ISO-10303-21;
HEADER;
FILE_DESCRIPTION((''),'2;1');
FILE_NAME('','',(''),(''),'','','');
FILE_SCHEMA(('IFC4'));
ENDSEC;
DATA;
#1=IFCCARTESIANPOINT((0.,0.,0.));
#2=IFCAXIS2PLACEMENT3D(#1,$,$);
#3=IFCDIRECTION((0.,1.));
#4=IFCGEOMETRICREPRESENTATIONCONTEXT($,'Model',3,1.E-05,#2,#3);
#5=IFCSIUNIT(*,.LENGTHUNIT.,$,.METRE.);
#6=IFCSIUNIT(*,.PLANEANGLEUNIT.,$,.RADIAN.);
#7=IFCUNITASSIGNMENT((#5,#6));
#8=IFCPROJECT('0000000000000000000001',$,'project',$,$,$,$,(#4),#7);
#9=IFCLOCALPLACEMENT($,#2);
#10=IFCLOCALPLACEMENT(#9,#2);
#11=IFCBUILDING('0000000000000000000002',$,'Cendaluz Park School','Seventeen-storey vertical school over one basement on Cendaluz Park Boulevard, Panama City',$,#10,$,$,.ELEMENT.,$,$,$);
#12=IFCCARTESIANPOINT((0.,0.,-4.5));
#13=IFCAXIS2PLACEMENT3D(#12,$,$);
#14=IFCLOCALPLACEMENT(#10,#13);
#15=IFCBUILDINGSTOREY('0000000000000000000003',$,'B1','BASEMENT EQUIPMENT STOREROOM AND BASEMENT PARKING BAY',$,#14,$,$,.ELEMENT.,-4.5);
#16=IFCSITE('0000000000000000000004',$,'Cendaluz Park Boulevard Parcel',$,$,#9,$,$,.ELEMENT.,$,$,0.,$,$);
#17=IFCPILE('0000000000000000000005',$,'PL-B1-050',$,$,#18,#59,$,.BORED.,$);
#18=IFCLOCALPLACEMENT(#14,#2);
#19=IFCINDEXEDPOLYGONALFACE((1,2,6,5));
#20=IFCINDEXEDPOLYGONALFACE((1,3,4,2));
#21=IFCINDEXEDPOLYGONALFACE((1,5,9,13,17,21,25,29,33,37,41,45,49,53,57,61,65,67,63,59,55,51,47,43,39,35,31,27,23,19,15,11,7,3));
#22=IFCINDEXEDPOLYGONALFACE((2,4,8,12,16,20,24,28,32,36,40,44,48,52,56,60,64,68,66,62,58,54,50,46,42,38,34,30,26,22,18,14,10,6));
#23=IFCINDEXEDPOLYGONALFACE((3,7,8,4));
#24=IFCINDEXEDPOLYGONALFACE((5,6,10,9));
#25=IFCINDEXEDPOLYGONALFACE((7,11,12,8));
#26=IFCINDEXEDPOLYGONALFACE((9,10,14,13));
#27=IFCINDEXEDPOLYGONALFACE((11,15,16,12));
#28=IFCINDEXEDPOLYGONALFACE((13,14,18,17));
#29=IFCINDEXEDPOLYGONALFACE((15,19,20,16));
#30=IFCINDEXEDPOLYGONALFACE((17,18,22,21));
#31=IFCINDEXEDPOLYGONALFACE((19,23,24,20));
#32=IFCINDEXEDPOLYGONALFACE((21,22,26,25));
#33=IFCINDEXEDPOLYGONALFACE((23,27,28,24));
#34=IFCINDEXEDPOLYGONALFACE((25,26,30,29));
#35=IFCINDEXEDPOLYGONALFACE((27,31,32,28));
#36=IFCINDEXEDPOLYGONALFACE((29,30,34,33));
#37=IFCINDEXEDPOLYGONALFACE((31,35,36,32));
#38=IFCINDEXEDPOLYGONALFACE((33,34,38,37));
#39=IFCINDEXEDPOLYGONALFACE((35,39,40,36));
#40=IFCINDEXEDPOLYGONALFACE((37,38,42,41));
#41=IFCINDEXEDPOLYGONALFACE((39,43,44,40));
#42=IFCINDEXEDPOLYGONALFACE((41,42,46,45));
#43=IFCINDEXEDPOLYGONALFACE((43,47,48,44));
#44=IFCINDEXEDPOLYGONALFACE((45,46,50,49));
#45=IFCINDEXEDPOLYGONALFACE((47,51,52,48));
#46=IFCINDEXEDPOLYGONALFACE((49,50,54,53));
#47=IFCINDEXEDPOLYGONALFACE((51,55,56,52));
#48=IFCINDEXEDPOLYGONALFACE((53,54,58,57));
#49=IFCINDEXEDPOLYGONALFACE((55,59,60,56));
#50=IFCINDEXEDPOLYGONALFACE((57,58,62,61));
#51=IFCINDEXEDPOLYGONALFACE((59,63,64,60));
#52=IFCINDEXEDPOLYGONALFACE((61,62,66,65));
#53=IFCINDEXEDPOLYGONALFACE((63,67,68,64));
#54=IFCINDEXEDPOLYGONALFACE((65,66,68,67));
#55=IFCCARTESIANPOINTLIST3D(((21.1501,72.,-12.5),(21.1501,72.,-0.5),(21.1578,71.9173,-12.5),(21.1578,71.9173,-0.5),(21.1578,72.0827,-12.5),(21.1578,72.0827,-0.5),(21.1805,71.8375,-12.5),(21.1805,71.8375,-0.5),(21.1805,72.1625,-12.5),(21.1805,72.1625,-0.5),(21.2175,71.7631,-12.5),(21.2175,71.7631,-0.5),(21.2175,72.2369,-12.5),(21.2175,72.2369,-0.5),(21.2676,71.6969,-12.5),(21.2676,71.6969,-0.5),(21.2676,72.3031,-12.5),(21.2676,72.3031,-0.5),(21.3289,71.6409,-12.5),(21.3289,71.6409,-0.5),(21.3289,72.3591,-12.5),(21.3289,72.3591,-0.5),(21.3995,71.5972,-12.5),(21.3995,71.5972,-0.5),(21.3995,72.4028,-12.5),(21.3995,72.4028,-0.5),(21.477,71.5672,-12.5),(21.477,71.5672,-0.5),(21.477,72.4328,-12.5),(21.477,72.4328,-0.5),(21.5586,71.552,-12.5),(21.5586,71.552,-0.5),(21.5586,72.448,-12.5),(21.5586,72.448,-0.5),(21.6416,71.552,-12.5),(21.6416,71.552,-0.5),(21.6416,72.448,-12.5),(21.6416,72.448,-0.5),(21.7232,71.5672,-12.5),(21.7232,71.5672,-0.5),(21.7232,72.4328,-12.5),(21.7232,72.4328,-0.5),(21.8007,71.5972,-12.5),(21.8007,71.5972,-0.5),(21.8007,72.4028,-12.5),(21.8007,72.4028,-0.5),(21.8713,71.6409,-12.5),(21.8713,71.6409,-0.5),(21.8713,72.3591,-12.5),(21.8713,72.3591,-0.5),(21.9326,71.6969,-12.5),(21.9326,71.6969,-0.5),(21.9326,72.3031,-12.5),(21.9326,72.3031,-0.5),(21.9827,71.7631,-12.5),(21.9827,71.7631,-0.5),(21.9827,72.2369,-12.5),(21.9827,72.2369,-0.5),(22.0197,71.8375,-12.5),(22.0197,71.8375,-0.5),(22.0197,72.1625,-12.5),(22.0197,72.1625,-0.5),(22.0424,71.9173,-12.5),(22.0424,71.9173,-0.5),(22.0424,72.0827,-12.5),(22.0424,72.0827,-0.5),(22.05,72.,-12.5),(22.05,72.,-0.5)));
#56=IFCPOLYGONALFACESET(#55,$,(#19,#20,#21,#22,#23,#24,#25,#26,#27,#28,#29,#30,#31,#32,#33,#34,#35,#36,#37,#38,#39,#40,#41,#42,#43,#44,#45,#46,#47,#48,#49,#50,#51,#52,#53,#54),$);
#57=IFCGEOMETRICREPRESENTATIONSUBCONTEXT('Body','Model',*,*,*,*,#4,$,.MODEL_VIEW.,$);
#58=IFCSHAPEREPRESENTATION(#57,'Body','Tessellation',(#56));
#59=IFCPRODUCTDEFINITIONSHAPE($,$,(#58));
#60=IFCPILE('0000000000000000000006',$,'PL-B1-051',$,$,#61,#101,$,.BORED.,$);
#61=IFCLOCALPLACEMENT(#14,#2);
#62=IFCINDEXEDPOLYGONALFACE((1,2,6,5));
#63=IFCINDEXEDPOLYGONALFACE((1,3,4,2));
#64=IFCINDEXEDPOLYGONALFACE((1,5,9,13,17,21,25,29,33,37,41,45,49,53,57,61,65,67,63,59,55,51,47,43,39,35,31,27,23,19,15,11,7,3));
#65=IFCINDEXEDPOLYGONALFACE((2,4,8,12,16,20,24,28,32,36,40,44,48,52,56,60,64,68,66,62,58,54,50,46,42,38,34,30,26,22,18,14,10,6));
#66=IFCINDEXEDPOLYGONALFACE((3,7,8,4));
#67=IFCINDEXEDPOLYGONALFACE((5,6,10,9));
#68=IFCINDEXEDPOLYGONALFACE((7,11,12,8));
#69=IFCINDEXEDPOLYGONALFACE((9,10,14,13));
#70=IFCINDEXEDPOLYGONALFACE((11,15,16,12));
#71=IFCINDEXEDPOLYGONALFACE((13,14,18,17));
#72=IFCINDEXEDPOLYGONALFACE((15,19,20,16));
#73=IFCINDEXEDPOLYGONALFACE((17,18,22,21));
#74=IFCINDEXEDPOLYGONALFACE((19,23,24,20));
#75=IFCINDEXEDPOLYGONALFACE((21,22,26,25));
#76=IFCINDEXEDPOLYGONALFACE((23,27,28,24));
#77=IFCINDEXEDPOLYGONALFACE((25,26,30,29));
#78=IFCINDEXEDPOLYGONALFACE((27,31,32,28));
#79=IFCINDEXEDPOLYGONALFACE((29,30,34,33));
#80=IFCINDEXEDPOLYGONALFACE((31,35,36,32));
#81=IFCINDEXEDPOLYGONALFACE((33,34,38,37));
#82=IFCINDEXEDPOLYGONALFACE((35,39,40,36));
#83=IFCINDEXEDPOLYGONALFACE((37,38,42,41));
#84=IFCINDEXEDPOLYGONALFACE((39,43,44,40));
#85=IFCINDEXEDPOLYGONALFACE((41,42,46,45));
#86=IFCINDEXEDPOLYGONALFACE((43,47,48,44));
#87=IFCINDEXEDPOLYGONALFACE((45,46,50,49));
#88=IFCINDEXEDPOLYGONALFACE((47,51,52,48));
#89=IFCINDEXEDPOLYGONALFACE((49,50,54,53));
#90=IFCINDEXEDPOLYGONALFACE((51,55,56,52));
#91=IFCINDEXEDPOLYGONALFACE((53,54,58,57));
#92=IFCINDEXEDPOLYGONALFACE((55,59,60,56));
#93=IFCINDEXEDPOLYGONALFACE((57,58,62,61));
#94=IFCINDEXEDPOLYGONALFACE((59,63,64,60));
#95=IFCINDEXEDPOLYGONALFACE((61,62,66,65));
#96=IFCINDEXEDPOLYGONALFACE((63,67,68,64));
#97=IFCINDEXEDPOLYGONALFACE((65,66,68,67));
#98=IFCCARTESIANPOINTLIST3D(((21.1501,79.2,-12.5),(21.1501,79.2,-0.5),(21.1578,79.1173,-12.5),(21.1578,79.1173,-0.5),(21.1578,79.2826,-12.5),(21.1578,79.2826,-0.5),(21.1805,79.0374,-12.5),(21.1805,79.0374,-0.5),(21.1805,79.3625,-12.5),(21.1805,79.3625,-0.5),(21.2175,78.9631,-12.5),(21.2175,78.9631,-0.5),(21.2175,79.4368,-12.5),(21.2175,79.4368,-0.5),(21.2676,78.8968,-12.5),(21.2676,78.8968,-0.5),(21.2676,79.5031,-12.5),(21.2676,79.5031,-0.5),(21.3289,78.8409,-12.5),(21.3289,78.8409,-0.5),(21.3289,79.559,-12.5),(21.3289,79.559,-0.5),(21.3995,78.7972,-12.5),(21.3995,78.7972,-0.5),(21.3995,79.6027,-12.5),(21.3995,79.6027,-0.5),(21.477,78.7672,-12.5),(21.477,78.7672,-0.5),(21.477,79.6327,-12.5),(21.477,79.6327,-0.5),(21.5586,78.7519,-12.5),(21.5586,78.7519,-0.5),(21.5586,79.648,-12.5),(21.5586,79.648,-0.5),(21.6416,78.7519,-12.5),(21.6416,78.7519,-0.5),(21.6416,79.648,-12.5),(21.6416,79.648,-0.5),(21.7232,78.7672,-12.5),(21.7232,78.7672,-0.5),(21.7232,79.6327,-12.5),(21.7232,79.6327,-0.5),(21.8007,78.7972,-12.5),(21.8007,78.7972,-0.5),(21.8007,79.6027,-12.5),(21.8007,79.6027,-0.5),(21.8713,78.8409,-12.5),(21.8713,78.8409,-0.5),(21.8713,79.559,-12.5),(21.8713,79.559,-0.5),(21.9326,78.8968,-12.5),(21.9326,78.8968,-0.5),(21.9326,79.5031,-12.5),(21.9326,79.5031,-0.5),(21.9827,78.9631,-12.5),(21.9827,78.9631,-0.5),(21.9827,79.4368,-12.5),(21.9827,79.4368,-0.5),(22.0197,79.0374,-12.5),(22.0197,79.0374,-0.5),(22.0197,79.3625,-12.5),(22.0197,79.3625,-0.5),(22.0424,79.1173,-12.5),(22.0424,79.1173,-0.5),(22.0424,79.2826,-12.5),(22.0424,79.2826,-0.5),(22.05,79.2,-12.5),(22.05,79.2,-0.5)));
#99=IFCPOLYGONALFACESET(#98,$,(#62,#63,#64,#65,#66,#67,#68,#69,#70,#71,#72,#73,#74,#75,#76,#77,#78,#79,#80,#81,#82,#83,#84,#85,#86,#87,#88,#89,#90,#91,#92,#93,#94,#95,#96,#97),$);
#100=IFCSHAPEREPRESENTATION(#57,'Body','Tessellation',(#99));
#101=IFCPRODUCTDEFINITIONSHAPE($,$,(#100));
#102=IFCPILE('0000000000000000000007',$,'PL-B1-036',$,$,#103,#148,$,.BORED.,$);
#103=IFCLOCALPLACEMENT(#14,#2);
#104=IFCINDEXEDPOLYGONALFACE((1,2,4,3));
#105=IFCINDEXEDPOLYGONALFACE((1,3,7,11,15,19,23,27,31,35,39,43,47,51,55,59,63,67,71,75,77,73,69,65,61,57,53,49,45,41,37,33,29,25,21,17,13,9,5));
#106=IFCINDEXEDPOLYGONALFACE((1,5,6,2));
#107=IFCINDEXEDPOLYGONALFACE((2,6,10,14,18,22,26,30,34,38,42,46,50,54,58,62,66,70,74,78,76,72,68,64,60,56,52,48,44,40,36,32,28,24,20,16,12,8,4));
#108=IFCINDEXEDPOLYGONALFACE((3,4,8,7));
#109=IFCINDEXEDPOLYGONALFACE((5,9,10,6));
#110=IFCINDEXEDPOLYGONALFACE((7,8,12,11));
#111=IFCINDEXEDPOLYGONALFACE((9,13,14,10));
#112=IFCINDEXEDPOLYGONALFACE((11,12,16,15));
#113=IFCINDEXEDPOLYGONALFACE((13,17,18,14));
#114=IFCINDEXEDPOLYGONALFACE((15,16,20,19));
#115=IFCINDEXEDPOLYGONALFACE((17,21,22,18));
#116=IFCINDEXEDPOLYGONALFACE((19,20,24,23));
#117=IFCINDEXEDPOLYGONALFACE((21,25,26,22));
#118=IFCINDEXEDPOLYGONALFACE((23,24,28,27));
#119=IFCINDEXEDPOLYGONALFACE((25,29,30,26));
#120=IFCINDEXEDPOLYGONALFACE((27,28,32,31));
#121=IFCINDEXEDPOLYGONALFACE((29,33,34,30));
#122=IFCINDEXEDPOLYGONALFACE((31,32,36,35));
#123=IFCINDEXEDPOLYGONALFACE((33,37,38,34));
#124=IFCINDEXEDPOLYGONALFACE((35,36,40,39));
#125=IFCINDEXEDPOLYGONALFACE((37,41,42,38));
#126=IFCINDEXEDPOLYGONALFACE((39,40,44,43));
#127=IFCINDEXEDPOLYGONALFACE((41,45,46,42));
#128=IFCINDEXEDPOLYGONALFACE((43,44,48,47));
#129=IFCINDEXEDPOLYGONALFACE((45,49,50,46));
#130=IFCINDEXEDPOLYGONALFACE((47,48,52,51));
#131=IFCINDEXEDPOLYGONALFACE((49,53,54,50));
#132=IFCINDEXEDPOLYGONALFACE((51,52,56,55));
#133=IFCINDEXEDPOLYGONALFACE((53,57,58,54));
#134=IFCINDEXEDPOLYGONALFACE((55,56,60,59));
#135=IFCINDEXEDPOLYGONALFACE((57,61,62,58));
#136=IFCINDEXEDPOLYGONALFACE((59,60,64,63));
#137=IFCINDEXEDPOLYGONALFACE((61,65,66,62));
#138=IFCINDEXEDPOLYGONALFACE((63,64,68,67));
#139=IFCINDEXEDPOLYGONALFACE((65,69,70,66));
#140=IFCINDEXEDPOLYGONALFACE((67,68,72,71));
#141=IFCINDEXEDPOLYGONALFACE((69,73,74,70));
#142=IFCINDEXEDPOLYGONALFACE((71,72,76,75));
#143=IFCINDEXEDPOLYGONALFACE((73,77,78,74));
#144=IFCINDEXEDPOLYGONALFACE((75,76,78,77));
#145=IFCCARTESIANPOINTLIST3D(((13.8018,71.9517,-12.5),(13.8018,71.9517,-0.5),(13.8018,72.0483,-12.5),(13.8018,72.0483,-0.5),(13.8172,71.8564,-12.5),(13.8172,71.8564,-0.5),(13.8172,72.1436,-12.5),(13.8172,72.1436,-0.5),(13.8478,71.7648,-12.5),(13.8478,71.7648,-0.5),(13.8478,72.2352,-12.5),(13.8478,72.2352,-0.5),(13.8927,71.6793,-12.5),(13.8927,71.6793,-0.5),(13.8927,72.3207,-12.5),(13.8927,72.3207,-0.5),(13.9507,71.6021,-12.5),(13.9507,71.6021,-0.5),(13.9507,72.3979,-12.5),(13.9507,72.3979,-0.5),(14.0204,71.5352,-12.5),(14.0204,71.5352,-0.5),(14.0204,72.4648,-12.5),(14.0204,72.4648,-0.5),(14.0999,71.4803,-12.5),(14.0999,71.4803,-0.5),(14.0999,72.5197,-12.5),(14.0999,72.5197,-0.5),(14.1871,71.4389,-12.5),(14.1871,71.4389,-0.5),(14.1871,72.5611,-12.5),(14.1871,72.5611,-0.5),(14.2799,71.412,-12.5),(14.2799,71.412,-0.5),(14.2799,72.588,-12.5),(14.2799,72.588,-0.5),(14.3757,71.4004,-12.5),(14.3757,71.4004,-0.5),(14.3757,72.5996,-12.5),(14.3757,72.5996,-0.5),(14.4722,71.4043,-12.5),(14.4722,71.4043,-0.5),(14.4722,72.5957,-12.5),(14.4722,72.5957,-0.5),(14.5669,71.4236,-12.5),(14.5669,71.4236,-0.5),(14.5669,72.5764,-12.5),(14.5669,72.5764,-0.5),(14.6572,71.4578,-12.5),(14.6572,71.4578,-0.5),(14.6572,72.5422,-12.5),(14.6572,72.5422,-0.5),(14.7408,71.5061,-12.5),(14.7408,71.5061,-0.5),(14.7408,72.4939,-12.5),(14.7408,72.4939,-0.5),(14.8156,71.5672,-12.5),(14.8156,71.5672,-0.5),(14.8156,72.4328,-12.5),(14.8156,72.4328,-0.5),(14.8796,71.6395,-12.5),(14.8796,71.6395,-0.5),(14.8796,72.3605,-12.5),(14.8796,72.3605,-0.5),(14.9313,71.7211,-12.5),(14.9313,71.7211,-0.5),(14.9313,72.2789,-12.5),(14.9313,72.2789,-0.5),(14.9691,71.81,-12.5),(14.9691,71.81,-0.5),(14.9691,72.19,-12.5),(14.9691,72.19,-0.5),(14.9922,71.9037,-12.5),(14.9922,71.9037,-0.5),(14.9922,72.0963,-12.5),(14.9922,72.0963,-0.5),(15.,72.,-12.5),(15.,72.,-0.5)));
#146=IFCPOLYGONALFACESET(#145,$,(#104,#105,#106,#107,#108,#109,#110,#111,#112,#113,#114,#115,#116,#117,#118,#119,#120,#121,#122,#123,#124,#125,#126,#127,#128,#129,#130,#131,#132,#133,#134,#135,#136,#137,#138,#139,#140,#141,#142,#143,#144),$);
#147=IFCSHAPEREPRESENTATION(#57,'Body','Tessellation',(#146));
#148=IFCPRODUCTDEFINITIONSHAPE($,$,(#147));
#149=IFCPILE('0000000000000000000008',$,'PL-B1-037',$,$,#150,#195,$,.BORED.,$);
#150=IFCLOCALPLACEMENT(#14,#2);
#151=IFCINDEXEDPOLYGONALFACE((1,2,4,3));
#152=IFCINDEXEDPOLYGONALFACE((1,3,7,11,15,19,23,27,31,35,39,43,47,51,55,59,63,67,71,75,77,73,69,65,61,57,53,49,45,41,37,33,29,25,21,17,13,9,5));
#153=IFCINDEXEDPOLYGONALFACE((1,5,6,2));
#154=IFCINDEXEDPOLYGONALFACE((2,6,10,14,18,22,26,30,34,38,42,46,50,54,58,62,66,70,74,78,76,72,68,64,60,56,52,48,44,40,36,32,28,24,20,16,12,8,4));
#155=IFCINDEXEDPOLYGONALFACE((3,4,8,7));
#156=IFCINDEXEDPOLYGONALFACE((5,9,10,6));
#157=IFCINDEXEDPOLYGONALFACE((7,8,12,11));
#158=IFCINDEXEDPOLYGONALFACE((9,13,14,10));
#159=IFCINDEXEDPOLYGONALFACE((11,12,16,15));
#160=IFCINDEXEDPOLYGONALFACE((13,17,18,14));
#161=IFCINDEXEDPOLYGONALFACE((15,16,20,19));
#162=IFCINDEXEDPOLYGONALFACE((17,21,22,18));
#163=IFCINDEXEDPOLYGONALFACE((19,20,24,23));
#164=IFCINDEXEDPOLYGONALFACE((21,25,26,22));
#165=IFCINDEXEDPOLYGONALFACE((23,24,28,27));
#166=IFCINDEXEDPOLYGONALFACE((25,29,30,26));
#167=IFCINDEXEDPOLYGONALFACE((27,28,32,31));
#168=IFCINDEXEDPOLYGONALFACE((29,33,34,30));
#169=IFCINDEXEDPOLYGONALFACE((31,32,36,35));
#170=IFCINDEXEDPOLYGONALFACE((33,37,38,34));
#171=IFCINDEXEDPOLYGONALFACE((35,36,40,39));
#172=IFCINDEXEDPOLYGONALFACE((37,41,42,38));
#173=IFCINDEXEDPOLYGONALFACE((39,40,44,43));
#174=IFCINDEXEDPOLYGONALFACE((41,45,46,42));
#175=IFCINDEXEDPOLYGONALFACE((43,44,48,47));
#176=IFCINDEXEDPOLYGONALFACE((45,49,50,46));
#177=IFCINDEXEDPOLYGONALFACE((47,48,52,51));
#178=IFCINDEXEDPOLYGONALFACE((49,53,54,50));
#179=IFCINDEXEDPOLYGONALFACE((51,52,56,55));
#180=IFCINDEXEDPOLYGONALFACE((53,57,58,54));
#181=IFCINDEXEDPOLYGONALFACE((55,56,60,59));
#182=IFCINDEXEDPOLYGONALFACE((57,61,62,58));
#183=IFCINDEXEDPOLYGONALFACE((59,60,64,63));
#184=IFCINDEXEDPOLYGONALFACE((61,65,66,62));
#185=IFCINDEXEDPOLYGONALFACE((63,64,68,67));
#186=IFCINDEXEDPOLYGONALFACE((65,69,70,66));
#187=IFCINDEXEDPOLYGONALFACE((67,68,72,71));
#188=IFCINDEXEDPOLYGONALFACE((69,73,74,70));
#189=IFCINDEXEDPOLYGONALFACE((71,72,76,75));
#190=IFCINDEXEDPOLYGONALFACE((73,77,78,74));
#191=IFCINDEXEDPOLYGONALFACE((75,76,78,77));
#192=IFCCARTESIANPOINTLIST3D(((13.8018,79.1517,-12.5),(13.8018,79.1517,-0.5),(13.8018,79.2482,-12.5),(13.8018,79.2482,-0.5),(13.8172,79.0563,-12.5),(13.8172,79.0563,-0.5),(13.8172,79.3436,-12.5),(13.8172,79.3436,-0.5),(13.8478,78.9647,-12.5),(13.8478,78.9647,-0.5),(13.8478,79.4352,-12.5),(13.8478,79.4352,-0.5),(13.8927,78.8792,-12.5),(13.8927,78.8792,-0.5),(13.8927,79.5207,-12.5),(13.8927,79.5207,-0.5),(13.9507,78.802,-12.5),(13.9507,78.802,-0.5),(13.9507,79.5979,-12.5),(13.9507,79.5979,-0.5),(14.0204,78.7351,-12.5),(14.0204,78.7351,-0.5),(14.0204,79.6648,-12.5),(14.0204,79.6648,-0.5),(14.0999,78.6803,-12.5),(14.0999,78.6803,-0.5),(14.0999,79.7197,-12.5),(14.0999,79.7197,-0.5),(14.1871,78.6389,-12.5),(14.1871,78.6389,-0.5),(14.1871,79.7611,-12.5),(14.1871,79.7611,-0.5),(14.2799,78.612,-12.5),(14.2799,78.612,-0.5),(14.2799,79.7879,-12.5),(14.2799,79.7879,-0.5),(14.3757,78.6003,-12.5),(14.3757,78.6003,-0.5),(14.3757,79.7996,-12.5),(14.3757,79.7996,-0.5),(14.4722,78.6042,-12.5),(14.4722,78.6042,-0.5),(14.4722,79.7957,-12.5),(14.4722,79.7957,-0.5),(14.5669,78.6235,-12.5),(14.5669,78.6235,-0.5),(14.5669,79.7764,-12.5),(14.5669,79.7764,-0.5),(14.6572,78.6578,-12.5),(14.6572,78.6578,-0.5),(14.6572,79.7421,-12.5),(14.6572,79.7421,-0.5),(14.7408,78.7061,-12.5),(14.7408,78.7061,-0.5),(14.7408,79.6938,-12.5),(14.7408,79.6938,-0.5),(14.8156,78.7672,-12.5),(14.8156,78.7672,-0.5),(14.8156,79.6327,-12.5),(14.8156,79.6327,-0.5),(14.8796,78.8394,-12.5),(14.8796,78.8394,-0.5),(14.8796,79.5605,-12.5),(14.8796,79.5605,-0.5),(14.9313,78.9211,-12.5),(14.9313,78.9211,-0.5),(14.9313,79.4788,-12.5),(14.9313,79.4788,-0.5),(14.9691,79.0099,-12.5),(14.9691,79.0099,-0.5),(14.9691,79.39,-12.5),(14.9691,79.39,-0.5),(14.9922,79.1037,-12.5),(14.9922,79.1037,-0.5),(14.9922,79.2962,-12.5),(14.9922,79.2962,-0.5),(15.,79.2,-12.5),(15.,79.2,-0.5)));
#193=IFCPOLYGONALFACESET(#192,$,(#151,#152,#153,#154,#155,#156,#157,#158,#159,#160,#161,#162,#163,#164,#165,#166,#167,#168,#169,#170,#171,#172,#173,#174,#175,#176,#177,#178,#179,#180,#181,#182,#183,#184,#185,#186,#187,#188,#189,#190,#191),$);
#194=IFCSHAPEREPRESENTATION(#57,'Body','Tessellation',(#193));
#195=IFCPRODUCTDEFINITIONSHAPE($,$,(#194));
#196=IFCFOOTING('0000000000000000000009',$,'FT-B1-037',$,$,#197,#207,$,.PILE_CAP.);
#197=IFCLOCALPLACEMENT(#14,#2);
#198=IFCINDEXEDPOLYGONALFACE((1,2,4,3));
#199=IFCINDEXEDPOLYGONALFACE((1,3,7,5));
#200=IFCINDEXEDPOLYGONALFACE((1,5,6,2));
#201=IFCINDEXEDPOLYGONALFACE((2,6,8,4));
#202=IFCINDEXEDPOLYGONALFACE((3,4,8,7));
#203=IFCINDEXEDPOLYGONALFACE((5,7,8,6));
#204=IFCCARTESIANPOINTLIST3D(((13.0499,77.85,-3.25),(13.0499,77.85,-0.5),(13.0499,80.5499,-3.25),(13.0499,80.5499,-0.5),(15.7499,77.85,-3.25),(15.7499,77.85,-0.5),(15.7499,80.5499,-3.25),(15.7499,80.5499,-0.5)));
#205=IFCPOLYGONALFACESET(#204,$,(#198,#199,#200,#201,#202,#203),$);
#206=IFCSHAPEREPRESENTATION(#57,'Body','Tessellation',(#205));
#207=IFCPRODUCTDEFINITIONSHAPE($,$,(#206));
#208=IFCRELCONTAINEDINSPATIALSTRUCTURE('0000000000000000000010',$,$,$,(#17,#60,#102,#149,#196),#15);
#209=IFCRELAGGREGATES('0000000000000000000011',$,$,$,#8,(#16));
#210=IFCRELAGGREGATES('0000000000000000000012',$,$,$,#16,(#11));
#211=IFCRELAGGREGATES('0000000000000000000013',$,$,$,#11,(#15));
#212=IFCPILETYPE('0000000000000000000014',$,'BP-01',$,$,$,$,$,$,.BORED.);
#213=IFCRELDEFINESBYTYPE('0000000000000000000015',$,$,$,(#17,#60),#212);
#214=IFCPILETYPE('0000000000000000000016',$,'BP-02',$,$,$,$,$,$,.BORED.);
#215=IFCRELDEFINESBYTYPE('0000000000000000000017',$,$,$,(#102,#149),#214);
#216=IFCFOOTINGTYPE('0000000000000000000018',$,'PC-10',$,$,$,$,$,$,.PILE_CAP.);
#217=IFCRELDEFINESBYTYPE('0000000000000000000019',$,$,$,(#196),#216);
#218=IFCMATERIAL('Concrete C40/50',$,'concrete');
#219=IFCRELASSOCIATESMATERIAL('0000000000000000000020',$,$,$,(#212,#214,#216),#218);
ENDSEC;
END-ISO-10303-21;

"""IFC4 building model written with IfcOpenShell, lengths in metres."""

from ifc_helpers import new_model, si_unit, direction, frame, origin, origin_2d, place, context, subcontext, project, spatial, rectangle, circle, extrude, material, material_profile, profile_set, type_object, element, save


model = new_model("IFC4")

# Units and contexts
model_context = context("Model", 3, precision=1e-05, world=origin(), true_north=direction((0.0, 1.0)))
body_context = subcontext(model_context, "Body", "Model", "MODEL_VIEW")
ifc_project = project(units=[si_unit("LENGTHUNIT", "METRE"), si_unit("PLANEANGLEUNIT", "RADIAN")], contexts=[model_context])

# Site, building, storey
site_placement = place(None, origin())
site = spatial("IfcSite", under=ifc_project, at=site_placement, Name="Cendaluz Park Boulevard Parcel", CompositionType="ELEMENT", RefElevation=0.0)
building_placement = place(site_placement, origin())
building = spatial("IfcBuilding", under=site, at=building_placement, Name="Cendaluz Park School", Description="Seventeen-storey vertical school over one basement on Cendaluz Park Boulevard, Panama City", CompositionType="ELEMENT")
storey_placement = place(building_placement, frame((0.0, 0.0, -4.5)))
storey = spatial("IfcBuildingStorey", under=building, at=storey_placement, Name="B1", Description="BASEMENT EQUIPMENT STOREROOM AND BASEMENT PARKING BAY", CompositionType="ELEMENT", Elevation=-4.5)

# Piles
ifc_material_1 = material(Name="Concrete C40/50", Category="concrete")
ifc_material_profile_1 = material_profile(ifc_material_1, circle(Radius=0.45, at=origin_2d()), Name="BP D900", Category="concrete")
ifc_profile_set_1 = profile_set([ifc_material_profile_1], Name="Concrete C40/50")
pile_type_1 = type_object("IfcPileType", Name="BP-01", PredefinedType="BORED", material=ifc_profile_set_1)
for number, where, z_axis, x_axis, name in (
    (1, (21.6001, 72.0, -0.5), (0.0, 0.0, -1.0), (1.0, 0.0, 0.0), "PL-B1-050"),
    (2, (21.6001, 79.2, -0.5), (0.0, 0.0, -1.0), (1.0, 0.0, 0.0), "PL-B1-051"),
):
    element("IfcPile", number, at=place(storey_placement, frame(where, z_axis=z_axis, x_axis=x_axis)), inside=storey, type_object=pile_type_1, Name=name, PredefinedType="BORED", context=body_context, shape_type="SweptSolid", body=[
        extrude(circle(Radius=0.45, at=origin_2d()), origin(), (0.0, 0.0, 1.0), 12.0),
    ])
ifc_material_profile_2 = material_profile(ifc_material_1, circle(Radius=0.6001, at=origin_2d()), Name="BP D1200", Category="concrete")
ifc_profile_set_2 = profile_set([ifc_material_profile_2], Name="Concrete C40/50")
pile_type_2 = type_object("IfcPileType", Name="BP-02", PredefinedType="BORED", material=ifc_profile_set_2)
for number, where, z_axis, x_axis, name in (
    (3, (14.3999, 72.0, -0.5), (0.0, 0.0, -1.0), (1.0, 0.0, 0.0), "PL-B1-036"),
    (4, (14.3999, 79.2, -0.5), (0.0, 0.0, -1.0), (1.0, 0.0, 0.0), "PL-B1-037"),
):
    element("IfcPile", number, at=place(storey_placement, frame(where, z_axis=z_axis, x_axis=x_axis)), inside=storey, type_object=pile_type_2, Name=name, PredefinedType="BORED", context=body_context, shape_type="SweptSolid", body=[
        extrude(circle(Radius=0.6001, at=origin_2d()), origin(), (0.0, 0.0, 1.0), 12.0),
    ])

# Footing
footing_type_1 = type_object("IfcFootingType", Name="PC-10", PredefinedType="PILE_CAP", material=ifc_material_1)
footing_1_placement = place(storey_placement, frame((14.3999, 79.2, -3.25), z_axis=(0.0, 0.0, 1.0), x_axis=(1.0, 0.0, 0.0)))
element("IfcFooting", 5, at=footing_1_placement, inside=storey, type_object=footing_type_1, Name="FT-B1-037", PredefinedType="PILE_CAP", context=body_context, shape_type="SweptSolid", body=[
    extrude(rectangle(XDim=2.7, YDim=2.7, at=origin_2d()), origin(), (0.0, 0.0, 1.0), 2.75),
])

save(model, "model.ifc")
